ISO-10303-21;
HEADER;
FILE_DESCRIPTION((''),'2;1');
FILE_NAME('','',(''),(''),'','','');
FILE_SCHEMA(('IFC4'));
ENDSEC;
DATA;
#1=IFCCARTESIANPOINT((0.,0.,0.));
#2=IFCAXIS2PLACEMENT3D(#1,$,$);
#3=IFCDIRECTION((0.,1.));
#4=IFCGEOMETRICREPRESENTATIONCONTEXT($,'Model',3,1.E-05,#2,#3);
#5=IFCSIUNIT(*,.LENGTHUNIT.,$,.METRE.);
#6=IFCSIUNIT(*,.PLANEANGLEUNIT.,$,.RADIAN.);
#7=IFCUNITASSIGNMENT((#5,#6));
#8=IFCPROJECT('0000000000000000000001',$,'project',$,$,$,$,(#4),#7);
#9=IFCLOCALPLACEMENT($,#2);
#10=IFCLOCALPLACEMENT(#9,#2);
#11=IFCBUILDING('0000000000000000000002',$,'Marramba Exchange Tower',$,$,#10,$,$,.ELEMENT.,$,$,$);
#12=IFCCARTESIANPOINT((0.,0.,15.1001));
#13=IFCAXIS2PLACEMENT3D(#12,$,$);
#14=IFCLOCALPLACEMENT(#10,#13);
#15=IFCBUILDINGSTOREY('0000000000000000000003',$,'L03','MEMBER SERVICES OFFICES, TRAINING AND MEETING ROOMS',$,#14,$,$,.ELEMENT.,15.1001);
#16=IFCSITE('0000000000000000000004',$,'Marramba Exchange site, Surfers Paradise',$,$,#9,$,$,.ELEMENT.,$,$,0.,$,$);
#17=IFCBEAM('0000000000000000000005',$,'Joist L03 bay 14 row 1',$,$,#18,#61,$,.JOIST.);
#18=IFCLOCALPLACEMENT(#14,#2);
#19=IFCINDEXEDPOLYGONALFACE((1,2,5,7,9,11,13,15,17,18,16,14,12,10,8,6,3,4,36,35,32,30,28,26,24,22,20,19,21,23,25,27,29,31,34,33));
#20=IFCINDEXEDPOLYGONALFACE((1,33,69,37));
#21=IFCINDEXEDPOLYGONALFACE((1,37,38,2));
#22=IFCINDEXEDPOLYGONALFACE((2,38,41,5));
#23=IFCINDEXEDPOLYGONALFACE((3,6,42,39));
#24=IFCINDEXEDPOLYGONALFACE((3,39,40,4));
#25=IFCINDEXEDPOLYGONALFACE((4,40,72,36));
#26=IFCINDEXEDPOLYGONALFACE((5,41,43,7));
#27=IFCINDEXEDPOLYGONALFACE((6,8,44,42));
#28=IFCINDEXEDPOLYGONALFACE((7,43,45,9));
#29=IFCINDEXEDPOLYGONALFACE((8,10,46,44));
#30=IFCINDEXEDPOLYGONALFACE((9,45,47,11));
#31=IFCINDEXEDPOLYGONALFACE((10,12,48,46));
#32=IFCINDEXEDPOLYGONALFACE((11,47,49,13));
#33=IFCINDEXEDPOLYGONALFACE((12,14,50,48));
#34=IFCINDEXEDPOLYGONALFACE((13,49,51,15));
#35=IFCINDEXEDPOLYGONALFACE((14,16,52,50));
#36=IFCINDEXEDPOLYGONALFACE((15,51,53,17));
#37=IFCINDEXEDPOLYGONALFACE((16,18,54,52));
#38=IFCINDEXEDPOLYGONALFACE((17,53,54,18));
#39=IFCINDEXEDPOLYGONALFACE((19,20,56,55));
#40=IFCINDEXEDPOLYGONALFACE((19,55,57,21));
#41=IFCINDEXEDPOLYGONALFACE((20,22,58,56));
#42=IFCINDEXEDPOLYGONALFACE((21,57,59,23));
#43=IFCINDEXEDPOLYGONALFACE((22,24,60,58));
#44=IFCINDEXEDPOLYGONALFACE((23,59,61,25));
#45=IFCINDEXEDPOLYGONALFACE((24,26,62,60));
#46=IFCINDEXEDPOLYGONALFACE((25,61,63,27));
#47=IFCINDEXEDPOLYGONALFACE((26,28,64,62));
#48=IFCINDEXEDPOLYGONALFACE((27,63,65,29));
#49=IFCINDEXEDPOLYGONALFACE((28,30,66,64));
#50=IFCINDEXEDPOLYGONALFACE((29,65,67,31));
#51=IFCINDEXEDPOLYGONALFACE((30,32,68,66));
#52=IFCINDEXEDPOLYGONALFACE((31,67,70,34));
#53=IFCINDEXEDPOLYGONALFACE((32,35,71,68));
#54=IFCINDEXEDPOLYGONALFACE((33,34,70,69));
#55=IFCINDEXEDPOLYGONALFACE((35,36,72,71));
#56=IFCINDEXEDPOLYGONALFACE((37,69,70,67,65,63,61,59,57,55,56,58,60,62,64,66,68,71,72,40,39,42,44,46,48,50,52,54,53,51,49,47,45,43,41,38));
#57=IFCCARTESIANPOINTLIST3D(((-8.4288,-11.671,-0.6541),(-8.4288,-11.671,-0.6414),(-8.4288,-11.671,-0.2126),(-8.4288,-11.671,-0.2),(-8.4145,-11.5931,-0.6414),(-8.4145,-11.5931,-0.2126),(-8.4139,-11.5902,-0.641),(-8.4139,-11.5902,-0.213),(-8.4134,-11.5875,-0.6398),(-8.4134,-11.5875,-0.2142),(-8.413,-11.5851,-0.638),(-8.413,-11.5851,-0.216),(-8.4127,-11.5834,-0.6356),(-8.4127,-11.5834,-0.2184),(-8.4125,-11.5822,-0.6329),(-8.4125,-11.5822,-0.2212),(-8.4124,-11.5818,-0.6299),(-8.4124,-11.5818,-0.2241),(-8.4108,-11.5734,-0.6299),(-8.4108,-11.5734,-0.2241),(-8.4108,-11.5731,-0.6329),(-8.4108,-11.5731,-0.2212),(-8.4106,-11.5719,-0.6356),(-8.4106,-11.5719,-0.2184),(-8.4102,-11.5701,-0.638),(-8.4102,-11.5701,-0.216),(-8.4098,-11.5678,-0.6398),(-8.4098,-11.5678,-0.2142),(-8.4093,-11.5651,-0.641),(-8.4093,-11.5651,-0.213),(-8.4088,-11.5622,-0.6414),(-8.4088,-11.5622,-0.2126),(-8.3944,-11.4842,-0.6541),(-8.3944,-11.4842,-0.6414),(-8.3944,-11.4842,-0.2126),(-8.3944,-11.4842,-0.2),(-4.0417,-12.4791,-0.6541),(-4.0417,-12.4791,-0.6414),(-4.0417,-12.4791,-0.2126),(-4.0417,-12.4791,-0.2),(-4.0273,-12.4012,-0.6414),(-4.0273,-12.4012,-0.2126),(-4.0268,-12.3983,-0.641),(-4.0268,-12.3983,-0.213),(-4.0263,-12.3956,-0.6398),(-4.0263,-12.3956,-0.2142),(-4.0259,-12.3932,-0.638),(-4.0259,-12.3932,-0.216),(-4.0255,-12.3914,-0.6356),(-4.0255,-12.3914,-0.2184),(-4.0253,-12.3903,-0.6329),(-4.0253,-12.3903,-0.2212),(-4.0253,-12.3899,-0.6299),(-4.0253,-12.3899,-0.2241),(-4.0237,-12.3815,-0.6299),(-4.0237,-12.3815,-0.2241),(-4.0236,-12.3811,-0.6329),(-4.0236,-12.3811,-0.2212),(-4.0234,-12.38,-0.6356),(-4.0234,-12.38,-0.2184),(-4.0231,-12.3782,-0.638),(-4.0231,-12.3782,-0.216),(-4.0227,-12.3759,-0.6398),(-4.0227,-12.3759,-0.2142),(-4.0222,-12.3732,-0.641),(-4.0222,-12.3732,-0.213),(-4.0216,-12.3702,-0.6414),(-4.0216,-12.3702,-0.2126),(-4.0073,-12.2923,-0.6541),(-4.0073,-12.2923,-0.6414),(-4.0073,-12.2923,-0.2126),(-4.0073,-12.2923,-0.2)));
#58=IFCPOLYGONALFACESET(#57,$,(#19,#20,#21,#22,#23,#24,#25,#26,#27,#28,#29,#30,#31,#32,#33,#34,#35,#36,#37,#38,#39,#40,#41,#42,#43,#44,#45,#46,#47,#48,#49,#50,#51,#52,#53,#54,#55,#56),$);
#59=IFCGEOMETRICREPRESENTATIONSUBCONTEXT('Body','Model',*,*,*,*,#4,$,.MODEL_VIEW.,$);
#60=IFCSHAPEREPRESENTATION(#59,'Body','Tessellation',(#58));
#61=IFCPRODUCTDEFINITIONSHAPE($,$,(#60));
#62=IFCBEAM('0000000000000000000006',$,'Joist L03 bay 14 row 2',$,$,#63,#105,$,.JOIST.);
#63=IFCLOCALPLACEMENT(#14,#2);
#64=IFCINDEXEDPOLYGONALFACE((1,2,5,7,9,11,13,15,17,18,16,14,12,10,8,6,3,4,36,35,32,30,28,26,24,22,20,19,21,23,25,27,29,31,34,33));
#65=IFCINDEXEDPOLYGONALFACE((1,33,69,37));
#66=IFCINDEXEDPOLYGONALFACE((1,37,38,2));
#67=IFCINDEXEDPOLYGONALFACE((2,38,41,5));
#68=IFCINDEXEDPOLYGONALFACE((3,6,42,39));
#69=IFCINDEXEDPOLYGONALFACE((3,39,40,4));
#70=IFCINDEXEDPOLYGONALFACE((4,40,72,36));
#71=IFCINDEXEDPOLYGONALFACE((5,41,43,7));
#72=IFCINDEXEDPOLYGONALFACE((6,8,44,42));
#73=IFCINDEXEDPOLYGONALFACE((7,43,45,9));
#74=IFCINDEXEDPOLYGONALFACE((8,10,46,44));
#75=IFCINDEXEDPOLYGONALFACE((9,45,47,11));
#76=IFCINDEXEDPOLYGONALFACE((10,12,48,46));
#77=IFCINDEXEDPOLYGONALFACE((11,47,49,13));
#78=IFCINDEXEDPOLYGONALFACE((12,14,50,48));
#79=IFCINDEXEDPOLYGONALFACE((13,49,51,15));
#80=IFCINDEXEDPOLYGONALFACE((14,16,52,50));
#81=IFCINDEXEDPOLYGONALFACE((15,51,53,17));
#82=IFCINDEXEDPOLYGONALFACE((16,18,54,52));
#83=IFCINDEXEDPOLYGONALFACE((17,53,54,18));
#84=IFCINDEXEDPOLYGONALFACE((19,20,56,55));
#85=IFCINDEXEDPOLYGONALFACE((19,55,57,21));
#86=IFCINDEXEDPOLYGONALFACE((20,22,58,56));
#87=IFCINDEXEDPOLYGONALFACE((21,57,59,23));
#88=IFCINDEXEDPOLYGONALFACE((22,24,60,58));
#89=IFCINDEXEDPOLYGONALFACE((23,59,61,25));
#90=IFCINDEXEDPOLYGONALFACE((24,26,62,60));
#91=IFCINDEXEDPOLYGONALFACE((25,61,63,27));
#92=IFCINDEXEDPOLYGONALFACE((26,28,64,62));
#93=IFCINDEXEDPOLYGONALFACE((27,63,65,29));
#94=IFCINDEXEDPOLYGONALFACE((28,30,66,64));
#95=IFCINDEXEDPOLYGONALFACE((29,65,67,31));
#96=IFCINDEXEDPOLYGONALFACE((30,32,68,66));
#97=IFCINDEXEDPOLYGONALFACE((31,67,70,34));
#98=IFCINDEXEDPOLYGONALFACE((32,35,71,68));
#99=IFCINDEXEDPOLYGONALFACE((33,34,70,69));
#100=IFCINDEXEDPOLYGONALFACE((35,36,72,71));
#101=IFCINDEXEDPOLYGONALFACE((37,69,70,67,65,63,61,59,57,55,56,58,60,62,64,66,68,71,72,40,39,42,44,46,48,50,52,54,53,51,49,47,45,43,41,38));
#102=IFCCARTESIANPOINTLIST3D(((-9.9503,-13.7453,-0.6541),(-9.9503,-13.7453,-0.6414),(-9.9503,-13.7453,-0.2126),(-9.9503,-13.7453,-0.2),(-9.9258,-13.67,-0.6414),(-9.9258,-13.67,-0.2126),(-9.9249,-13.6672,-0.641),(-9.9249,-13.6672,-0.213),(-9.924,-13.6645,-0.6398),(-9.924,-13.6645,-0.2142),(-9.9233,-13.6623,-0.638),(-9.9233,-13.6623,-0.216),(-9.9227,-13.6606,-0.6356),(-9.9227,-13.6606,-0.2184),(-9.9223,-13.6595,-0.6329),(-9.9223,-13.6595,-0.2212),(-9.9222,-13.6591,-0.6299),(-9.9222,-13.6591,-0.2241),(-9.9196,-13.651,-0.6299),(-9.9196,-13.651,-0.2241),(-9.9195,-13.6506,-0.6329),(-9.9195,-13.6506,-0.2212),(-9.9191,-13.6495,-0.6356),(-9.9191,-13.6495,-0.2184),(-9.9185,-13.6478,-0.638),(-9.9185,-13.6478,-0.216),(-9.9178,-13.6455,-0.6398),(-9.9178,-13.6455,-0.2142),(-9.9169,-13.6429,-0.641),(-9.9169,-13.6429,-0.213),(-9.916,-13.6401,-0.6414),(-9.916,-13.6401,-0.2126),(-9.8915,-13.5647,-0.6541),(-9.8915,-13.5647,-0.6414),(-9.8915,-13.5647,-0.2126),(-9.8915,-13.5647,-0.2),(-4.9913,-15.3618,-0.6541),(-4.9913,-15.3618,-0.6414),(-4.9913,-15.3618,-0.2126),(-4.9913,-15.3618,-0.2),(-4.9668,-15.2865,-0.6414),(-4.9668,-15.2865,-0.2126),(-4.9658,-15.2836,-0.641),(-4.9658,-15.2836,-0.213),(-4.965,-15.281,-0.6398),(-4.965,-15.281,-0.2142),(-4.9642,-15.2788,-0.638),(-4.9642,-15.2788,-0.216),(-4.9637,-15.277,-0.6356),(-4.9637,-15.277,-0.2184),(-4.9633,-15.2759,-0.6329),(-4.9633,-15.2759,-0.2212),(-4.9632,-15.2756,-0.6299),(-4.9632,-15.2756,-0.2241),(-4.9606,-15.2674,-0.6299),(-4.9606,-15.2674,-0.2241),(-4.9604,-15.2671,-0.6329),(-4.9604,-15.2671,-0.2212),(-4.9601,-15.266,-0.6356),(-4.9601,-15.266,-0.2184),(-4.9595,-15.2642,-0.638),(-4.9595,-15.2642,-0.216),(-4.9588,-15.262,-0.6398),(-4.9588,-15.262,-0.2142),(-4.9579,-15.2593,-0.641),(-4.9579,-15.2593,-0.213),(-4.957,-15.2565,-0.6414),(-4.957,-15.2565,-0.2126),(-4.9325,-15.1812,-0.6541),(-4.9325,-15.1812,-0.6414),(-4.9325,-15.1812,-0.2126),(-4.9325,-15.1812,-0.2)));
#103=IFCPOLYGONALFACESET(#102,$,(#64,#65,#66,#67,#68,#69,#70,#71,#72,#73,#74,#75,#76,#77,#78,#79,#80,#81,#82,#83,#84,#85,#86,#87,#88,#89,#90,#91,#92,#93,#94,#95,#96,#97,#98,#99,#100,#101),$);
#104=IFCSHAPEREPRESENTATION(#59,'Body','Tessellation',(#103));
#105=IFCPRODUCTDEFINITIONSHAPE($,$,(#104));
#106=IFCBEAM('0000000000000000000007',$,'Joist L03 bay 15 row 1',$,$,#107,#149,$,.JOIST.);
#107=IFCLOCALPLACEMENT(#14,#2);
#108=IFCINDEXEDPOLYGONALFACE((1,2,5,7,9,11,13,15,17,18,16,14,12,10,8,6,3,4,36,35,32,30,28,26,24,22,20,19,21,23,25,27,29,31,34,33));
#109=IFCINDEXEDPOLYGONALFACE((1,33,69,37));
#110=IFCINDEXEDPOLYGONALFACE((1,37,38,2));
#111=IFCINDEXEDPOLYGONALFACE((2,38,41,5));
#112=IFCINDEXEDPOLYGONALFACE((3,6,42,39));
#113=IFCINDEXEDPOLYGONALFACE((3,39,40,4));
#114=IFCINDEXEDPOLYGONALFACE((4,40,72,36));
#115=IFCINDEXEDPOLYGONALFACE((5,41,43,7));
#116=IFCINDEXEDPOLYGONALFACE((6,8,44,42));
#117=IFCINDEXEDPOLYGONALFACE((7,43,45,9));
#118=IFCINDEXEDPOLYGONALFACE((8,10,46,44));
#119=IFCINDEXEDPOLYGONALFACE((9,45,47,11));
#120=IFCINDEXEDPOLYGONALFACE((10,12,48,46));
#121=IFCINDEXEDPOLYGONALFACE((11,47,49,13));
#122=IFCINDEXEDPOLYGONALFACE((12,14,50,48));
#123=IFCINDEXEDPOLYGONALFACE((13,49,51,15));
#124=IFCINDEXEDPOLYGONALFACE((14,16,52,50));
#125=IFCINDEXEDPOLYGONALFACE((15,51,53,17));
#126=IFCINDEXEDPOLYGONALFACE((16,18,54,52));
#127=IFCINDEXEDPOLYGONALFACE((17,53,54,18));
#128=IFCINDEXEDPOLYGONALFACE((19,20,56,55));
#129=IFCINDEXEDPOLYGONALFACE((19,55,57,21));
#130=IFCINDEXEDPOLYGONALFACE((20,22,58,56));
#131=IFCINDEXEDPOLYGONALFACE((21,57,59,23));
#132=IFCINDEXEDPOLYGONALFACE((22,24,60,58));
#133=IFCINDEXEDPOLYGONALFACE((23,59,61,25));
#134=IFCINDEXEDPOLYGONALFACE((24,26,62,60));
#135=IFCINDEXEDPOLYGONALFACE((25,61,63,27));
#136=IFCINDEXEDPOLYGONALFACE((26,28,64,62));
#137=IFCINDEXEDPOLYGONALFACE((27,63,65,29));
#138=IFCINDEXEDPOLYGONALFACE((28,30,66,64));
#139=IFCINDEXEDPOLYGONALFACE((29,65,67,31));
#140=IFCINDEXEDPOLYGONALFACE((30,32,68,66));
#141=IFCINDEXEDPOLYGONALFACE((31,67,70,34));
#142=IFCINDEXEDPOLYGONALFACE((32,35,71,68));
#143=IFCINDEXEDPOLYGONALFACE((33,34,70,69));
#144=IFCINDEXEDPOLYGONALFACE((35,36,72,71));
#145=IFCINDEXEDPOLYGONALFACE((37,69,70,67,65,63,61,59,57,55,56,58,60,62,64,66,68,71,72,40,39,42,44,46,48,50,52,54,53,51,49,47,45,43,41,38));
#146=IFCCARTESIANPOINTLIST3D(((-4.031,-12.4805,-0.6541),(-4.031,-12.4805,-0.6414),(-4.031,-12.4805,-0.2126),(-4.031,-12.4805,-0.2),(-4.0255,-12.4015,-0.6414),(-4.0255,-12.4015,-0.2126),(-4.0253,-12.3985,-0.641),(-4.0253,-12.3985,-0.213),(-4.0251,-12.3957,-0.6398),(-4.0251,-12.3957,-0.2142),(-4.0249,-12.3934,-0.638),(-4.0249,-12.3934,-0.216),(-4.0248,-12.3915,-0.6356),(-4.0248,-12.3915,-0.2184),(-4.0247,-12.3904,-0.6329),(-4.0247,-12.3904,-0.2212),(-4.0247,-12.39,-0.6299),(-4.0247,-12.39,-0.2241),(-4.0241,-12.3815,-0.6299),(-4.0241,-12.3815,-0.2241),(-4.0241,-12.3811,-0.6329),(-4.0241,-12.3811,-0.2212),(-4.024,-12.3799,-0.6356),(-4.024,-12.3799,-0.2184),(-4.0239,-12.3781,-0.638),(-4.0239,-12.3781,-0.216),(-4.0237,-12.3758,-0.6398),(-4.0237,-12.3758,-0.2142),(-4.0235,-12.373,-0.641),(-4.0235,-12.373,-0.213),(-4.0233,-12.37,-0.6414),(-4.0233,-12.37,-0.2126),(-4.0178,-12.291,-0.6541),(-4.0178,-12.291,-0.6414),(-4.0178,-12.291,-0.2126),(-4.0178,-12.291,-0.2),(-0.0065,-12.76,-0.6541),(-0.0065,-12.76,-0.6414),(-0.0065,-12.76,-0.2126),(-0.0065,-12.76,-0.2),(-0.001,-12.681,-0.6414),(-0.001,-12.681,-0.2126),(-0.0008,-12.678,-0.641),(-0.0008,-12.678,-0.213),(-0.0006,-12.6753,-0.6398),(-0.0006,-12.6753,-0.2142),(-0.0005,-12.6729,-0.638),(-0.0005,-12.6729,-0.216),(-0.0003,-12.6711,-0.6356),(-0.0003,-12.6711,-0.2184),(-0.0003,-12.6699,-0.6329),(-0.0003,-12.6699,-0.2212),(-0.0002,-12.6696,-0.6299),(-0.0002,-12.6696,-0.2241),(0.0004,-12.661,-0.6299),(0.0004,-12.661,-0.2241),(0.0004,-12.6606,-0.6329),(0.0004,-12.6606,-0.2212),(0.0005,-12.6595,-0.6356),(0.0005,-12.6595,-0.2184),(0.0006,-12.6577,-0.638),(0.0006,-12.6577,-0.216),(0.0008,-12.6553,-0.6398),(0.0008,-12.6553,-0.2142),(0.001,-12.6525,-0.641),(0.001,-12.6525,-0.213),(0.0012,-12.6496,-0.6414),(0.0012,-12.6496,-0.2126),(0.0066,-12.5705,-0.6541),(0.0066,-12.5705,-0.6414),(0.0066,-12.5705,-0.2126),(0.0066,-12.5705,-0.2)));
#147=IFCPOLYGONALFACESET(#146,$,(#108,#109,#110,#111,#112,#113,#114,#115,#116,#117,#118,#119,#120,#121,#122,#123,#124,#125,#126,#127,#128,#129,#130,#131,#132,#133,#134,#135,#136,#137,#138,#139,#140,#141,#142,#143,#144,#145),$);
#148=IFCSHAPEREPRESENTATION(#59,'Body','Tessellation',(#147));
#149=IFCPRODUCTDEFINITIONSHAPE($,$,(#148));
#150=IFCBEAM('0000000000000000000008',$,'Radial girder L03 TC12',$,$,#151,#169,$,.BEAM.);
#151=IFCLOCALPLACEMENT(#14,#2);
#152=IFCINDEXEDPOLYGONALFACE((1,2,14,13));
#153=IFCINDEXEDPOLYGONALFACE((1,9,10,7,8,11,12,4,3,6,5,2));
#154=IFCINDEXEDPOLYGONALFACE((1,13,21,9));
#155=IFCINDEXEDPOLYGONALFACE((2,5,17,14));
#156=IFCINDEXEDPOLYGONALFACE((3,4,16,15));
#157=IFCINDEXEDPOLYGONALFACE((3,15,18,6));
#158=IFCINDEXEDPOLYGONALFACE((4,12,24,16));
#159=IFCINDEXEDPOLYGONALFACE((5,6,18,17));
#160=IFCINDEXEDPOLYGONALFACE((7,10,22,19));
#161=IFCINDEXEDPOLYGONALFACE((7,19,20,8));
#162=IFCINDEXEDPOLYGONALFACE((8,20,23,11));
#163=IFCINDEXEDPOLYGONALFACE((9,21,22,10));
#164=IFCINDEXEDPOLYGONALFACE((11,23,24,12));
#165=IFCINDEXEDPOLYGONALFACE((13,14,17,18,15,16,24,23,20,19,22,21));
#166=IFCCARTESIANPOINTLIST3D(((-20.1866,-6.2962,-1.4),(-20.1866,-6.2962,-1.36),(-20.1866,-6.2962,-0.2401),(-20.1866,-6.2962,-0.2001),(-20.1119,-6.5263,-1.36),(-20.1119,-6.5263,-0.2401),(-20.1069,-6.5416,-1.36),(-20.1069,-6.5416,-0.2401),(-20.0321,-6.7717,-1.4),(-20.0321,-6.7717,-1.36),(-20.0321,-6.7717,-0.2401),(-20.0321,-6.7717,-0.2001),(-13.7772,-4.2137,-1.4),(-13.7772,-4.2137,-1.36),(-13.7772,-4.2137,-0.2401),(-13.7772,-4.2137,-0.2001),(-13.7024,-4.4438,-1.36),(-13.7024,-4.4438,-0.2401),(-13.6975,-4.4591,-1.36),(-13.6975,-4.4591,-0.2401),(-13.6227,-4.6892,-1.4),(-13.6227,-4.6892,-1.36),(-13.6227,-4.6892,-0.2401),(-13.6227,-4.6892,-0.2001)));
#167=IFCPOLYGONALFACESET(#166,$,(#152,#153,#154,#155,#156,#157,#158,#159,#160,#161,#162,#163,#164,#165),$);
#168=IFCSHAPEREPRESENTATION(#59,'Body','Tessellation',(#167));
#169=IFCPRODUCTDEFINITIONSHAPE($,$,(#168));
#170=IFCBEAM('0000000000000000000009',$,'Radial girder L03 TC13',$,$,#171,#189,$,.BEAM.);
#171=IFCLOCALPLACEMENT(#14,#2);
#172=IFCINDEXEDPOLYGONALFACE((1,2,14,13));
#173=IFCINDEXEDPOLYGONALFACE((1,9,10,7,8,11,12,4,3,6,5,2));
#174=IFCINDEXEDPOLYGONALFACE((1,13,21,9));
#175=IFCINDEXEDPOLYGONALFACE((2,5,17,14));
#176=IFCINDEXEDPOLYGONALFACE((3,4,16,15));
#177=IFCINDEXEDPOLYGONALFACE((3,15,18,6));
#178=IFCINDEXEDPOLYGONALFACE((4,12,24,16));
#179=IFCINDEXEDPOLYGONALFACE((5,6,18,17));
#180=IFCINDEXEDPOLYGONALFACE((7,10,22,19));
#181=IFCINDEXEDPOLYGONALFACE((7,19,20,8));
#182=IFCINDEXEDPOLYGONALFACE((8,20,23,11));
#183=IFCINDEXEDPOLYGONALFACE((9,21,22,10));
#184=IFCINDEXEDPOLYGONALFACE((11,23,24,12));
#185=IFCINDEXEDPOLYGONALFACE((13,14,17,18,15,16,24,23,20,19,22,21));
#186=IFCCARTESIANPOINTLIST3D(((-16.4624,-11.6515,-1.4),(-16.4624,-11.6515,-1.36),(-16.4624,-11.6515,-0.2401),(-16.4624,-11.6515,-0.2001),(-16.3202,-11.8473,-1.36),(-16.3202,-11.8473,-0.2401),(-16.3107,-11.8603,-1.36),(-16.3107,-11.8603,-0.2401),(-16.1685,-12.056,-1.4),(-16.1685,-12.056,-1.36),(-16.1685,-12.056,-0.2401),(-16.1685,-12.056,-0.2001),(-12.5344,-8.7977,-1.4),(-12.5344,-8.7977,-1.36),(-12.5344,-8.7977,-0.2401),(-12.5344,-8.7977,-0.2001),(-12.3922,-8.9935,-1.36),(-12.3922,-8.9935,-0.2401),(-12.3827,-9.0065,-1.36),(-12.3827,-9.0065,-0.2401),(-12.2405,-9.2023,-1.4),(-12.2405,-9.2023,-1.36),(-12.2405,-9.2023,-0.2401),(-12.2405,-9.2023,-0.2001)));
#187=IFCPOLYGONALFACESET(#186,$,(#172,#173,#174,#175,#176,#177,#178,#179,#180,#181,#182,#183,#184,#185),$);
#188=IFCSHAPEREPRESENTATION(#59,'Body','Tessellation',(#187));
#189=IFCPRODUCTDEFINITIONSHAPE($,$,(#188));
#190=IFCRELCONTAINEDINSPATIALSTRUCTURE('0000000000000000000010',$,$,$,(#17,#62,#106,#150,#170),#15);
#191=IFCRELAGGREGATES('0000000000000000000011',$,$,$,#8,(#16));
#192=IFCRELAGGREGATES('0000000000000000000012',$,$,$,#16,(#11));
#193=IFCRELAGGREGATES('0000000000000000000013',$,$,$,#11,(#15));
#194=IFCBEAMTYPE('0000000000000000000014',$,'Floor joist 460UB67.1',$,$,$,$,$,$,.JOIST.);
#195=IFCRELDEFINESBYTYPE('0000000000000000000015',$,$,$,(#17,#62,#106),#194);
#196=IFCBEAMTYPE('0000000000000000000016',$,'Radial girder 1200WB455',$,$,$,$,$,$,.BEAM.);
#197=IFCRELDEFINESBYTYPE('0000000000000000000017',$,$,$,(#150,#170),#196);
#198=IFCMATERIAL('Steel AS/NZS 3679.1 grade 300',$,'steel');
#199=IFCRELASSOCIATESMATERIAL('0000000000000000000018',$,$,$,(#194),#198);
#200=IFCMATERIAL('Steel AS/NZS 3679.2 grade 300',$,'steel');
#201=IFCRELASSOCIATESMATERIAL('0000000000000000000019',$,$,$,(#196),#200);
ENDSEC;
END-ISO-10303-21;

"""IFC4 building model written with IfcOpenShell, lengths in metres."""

from ifc_helpers import new_model, si_unit, direction, frame, origin, origin_2d, place, context, subcontext, project, spatial, i_section, extrude, material, material_profile, profile_set, type_object, element, save


model = new_model("IFC4")

# Units and contexts
model_context = context("Model", 3, precision=1e-05, world=origin(), true_north=direction((0.0, 1.0)))
body_context = subcontext(model_context, "Body", "Model", "MODEL_VIEW")
ifc_project = project(units=[si_unit("LENGTHUNIT", "METRE"), si_unit("PLANEANGLEUNIT", "RADIAN")], contexts=[model_context])

# Site, building, storey
site_placement = place(None, origin())
site = spatial("IfcSite", under=ifc_project, at=site_placement, Name="Marramba Exchange site, Surfers Paradise", CompositionType="ELEMENT", RefElevation=0.0)
building_placement = place(site_placement, origin())
building = spatial("IfcBuilding", under=site, at=building_placement, Name="Marramba Exchange Tower", CompositionType="ELEMENT")
storey_placement = place(building_placement, frame((0.0, 0.0, 15.1001)))
storey = spatial("IfcBuildingStorey", under=building, at=storey_placement, Name="L03", Description="MEMBER SERVICES OFFICES, TRAINING AND MEETING ROOMS", CompositionType="ELEMENT", Elevation=15.1001)

# Beams
ifc_material_1 = material(Name="Steel AS/NZS 3679.1 grade 300", Category="steel")
ifc_material_profile_1 = material_profile(ifc_material_1, i_section(OverallWidth=0.1899, OverallDepth=0.4541, WebThickness=0.0085, FlangeThickness=0.0127, FilletRadius=0.0115, at=origin_2d()), Name="460UB67.1")
ifc_profile_set_1 = profile_set([ifc_material_profile_1], Name="Steel AS/NZS 3679.1 grade 300")
beam_type_1 = type_object("IfcBeamType", Name="Floor joist 460UB67.1", PredefinedType="JOIST", material=ifc_profile_set_1)
beam_1_placement = place(storey_placement, frame((-8.4116, -11.5776, -0.427), z_axis=(0.983456, -0.181149, 0.0), x_axis=(0.181149, 0.983456, 0.0)))
element("IfcBeam", 1, at=beam_1_placement, inside=storey, type_object=beam_type_1, Name="Joist L03 bay 14 row 1", PredefinedType="JOIST", context=body_context, shape_type="SweptSolid", body=[
    extrude(i_section(OverallWidth=0.1899, OverallDepth=0.4541, WebThickness=0.0085, FlangeThickness=0.0127, FilletRadius=0.0115, at=origin_2d()), origin(), (0.0, 0.0, 1.0), 4.4609),
])
beam_2_placement = place(storey_placement, frame((-9.9209, -13.655, -0.427), z_axis=(0.950764, -0.309916, 0.0), x_axis=(0.309916, 0.950764, 0.0)))
element("IfcBeam", 2, at=beam_2_placement, inside=storey, type_object=beam_type_1, Name="Joist L03 bay 14 row 2", PredefinedType="JOIST", context=body_context, shape_type="SweptSolid", body=[
    extrude(i_section(OverallWidth=0.1899, OverallDepth=0.4541, WebThickness=0.0085, FlangeThickness=0.0127, FilletRadius=0.0115, at=origin_2d()), origin(), (0.0, 0.0, 1.0), 5.2158),
])
beam_3_placement = place(storey_placement, frame((-4.0244, -12.3857, -0.427), z_axis=(0.997596, -0.069294, 0.0), x_axis=(0.069294, 0.997596, 0.0)))
element("IfcBeam", 3, at=beam_3_placement, inside=storey, type_object=beam_type_1, Name="Joist L03 bay 15 row 1", PredefinedType="JOIST", context=body_context, shape_type="SweptSolid", body=[
    extrude(i_section(OverallWidth=0.1899, OverallDepth=0.4541, WebThickness=0.0085, FlangeThickness=0.0127, FilletRadius=0.0115, at=origin_2d()), origin(), (0.0, 0.0, 1.0), 4.0342),
])
ifc_material_2 = material(Name="Steel AS/NZS 3679.2 grade 300", Category="steel")
ifc_material_profile_2 = material_profile(ifc_material_2, i_section(OverallWidth=0.5, OverallDepth=1.2, WebThickness=0.0161, FlangeThickness=0.04, at=origin_2d()), Name="1200WB455")
ifc_profile_set_2 = profile_set([ifc_material_profile_2], Name="Steel AS/NZS 3679.2 grade 300")
beam_type_2 = type_object("IfcBeamType", Name="Radial girder 1200WB455", PredefinedType="BEAM", material=ifc_profile_set_2)
beam_4_placement = place(storey_placement, frame((-13.7, -4.4514, -0.8), z_axis=(-0.951058, -0.309013, 0.0), x_axis=(0.309013, -0.951058, 0.0)))
element("IfcBeam", 4, at=beam_4_placement, inside=storey, type_object=beam_type_2, Name="Radial girder L03 TC12", PredefinedType="BEAM", context=body_context, shape_type="SweptSolid", body=[
    extrude(i_section(OverallWidth=0.5, OverallDepth=1.2, WebThickness=0.0161, FlangeThickness=0.04, at=origin_2d()), origin(), (0.0, 0.0, 1.0), 6.7393),
])
beam_5_placement = place(storey_placement, frame((-12.3875, -9.0, -0.8), z_axis=(-0.809025, -0.587774, 0.0), x_axis=(0.587774, -0.809025, 0.0)))
element("IfcBeam", 5, at=beam_5_placement, inside=storey, type_object=beam_type_2, Name="Radial girder L03 TC13", PredefinedType="BEAM", context=body_context, shape_type="SweptSolid", body=[
    extrude(i_section(OverallWidth=0.5, OverallDepth=1.2, WebThickness=0.0161, FlangeThickness=0.04, at=origin_2d()), origin(), (0.0, 0.0, 1.0), 4.8552),
])

save(model, "model.ifc")
